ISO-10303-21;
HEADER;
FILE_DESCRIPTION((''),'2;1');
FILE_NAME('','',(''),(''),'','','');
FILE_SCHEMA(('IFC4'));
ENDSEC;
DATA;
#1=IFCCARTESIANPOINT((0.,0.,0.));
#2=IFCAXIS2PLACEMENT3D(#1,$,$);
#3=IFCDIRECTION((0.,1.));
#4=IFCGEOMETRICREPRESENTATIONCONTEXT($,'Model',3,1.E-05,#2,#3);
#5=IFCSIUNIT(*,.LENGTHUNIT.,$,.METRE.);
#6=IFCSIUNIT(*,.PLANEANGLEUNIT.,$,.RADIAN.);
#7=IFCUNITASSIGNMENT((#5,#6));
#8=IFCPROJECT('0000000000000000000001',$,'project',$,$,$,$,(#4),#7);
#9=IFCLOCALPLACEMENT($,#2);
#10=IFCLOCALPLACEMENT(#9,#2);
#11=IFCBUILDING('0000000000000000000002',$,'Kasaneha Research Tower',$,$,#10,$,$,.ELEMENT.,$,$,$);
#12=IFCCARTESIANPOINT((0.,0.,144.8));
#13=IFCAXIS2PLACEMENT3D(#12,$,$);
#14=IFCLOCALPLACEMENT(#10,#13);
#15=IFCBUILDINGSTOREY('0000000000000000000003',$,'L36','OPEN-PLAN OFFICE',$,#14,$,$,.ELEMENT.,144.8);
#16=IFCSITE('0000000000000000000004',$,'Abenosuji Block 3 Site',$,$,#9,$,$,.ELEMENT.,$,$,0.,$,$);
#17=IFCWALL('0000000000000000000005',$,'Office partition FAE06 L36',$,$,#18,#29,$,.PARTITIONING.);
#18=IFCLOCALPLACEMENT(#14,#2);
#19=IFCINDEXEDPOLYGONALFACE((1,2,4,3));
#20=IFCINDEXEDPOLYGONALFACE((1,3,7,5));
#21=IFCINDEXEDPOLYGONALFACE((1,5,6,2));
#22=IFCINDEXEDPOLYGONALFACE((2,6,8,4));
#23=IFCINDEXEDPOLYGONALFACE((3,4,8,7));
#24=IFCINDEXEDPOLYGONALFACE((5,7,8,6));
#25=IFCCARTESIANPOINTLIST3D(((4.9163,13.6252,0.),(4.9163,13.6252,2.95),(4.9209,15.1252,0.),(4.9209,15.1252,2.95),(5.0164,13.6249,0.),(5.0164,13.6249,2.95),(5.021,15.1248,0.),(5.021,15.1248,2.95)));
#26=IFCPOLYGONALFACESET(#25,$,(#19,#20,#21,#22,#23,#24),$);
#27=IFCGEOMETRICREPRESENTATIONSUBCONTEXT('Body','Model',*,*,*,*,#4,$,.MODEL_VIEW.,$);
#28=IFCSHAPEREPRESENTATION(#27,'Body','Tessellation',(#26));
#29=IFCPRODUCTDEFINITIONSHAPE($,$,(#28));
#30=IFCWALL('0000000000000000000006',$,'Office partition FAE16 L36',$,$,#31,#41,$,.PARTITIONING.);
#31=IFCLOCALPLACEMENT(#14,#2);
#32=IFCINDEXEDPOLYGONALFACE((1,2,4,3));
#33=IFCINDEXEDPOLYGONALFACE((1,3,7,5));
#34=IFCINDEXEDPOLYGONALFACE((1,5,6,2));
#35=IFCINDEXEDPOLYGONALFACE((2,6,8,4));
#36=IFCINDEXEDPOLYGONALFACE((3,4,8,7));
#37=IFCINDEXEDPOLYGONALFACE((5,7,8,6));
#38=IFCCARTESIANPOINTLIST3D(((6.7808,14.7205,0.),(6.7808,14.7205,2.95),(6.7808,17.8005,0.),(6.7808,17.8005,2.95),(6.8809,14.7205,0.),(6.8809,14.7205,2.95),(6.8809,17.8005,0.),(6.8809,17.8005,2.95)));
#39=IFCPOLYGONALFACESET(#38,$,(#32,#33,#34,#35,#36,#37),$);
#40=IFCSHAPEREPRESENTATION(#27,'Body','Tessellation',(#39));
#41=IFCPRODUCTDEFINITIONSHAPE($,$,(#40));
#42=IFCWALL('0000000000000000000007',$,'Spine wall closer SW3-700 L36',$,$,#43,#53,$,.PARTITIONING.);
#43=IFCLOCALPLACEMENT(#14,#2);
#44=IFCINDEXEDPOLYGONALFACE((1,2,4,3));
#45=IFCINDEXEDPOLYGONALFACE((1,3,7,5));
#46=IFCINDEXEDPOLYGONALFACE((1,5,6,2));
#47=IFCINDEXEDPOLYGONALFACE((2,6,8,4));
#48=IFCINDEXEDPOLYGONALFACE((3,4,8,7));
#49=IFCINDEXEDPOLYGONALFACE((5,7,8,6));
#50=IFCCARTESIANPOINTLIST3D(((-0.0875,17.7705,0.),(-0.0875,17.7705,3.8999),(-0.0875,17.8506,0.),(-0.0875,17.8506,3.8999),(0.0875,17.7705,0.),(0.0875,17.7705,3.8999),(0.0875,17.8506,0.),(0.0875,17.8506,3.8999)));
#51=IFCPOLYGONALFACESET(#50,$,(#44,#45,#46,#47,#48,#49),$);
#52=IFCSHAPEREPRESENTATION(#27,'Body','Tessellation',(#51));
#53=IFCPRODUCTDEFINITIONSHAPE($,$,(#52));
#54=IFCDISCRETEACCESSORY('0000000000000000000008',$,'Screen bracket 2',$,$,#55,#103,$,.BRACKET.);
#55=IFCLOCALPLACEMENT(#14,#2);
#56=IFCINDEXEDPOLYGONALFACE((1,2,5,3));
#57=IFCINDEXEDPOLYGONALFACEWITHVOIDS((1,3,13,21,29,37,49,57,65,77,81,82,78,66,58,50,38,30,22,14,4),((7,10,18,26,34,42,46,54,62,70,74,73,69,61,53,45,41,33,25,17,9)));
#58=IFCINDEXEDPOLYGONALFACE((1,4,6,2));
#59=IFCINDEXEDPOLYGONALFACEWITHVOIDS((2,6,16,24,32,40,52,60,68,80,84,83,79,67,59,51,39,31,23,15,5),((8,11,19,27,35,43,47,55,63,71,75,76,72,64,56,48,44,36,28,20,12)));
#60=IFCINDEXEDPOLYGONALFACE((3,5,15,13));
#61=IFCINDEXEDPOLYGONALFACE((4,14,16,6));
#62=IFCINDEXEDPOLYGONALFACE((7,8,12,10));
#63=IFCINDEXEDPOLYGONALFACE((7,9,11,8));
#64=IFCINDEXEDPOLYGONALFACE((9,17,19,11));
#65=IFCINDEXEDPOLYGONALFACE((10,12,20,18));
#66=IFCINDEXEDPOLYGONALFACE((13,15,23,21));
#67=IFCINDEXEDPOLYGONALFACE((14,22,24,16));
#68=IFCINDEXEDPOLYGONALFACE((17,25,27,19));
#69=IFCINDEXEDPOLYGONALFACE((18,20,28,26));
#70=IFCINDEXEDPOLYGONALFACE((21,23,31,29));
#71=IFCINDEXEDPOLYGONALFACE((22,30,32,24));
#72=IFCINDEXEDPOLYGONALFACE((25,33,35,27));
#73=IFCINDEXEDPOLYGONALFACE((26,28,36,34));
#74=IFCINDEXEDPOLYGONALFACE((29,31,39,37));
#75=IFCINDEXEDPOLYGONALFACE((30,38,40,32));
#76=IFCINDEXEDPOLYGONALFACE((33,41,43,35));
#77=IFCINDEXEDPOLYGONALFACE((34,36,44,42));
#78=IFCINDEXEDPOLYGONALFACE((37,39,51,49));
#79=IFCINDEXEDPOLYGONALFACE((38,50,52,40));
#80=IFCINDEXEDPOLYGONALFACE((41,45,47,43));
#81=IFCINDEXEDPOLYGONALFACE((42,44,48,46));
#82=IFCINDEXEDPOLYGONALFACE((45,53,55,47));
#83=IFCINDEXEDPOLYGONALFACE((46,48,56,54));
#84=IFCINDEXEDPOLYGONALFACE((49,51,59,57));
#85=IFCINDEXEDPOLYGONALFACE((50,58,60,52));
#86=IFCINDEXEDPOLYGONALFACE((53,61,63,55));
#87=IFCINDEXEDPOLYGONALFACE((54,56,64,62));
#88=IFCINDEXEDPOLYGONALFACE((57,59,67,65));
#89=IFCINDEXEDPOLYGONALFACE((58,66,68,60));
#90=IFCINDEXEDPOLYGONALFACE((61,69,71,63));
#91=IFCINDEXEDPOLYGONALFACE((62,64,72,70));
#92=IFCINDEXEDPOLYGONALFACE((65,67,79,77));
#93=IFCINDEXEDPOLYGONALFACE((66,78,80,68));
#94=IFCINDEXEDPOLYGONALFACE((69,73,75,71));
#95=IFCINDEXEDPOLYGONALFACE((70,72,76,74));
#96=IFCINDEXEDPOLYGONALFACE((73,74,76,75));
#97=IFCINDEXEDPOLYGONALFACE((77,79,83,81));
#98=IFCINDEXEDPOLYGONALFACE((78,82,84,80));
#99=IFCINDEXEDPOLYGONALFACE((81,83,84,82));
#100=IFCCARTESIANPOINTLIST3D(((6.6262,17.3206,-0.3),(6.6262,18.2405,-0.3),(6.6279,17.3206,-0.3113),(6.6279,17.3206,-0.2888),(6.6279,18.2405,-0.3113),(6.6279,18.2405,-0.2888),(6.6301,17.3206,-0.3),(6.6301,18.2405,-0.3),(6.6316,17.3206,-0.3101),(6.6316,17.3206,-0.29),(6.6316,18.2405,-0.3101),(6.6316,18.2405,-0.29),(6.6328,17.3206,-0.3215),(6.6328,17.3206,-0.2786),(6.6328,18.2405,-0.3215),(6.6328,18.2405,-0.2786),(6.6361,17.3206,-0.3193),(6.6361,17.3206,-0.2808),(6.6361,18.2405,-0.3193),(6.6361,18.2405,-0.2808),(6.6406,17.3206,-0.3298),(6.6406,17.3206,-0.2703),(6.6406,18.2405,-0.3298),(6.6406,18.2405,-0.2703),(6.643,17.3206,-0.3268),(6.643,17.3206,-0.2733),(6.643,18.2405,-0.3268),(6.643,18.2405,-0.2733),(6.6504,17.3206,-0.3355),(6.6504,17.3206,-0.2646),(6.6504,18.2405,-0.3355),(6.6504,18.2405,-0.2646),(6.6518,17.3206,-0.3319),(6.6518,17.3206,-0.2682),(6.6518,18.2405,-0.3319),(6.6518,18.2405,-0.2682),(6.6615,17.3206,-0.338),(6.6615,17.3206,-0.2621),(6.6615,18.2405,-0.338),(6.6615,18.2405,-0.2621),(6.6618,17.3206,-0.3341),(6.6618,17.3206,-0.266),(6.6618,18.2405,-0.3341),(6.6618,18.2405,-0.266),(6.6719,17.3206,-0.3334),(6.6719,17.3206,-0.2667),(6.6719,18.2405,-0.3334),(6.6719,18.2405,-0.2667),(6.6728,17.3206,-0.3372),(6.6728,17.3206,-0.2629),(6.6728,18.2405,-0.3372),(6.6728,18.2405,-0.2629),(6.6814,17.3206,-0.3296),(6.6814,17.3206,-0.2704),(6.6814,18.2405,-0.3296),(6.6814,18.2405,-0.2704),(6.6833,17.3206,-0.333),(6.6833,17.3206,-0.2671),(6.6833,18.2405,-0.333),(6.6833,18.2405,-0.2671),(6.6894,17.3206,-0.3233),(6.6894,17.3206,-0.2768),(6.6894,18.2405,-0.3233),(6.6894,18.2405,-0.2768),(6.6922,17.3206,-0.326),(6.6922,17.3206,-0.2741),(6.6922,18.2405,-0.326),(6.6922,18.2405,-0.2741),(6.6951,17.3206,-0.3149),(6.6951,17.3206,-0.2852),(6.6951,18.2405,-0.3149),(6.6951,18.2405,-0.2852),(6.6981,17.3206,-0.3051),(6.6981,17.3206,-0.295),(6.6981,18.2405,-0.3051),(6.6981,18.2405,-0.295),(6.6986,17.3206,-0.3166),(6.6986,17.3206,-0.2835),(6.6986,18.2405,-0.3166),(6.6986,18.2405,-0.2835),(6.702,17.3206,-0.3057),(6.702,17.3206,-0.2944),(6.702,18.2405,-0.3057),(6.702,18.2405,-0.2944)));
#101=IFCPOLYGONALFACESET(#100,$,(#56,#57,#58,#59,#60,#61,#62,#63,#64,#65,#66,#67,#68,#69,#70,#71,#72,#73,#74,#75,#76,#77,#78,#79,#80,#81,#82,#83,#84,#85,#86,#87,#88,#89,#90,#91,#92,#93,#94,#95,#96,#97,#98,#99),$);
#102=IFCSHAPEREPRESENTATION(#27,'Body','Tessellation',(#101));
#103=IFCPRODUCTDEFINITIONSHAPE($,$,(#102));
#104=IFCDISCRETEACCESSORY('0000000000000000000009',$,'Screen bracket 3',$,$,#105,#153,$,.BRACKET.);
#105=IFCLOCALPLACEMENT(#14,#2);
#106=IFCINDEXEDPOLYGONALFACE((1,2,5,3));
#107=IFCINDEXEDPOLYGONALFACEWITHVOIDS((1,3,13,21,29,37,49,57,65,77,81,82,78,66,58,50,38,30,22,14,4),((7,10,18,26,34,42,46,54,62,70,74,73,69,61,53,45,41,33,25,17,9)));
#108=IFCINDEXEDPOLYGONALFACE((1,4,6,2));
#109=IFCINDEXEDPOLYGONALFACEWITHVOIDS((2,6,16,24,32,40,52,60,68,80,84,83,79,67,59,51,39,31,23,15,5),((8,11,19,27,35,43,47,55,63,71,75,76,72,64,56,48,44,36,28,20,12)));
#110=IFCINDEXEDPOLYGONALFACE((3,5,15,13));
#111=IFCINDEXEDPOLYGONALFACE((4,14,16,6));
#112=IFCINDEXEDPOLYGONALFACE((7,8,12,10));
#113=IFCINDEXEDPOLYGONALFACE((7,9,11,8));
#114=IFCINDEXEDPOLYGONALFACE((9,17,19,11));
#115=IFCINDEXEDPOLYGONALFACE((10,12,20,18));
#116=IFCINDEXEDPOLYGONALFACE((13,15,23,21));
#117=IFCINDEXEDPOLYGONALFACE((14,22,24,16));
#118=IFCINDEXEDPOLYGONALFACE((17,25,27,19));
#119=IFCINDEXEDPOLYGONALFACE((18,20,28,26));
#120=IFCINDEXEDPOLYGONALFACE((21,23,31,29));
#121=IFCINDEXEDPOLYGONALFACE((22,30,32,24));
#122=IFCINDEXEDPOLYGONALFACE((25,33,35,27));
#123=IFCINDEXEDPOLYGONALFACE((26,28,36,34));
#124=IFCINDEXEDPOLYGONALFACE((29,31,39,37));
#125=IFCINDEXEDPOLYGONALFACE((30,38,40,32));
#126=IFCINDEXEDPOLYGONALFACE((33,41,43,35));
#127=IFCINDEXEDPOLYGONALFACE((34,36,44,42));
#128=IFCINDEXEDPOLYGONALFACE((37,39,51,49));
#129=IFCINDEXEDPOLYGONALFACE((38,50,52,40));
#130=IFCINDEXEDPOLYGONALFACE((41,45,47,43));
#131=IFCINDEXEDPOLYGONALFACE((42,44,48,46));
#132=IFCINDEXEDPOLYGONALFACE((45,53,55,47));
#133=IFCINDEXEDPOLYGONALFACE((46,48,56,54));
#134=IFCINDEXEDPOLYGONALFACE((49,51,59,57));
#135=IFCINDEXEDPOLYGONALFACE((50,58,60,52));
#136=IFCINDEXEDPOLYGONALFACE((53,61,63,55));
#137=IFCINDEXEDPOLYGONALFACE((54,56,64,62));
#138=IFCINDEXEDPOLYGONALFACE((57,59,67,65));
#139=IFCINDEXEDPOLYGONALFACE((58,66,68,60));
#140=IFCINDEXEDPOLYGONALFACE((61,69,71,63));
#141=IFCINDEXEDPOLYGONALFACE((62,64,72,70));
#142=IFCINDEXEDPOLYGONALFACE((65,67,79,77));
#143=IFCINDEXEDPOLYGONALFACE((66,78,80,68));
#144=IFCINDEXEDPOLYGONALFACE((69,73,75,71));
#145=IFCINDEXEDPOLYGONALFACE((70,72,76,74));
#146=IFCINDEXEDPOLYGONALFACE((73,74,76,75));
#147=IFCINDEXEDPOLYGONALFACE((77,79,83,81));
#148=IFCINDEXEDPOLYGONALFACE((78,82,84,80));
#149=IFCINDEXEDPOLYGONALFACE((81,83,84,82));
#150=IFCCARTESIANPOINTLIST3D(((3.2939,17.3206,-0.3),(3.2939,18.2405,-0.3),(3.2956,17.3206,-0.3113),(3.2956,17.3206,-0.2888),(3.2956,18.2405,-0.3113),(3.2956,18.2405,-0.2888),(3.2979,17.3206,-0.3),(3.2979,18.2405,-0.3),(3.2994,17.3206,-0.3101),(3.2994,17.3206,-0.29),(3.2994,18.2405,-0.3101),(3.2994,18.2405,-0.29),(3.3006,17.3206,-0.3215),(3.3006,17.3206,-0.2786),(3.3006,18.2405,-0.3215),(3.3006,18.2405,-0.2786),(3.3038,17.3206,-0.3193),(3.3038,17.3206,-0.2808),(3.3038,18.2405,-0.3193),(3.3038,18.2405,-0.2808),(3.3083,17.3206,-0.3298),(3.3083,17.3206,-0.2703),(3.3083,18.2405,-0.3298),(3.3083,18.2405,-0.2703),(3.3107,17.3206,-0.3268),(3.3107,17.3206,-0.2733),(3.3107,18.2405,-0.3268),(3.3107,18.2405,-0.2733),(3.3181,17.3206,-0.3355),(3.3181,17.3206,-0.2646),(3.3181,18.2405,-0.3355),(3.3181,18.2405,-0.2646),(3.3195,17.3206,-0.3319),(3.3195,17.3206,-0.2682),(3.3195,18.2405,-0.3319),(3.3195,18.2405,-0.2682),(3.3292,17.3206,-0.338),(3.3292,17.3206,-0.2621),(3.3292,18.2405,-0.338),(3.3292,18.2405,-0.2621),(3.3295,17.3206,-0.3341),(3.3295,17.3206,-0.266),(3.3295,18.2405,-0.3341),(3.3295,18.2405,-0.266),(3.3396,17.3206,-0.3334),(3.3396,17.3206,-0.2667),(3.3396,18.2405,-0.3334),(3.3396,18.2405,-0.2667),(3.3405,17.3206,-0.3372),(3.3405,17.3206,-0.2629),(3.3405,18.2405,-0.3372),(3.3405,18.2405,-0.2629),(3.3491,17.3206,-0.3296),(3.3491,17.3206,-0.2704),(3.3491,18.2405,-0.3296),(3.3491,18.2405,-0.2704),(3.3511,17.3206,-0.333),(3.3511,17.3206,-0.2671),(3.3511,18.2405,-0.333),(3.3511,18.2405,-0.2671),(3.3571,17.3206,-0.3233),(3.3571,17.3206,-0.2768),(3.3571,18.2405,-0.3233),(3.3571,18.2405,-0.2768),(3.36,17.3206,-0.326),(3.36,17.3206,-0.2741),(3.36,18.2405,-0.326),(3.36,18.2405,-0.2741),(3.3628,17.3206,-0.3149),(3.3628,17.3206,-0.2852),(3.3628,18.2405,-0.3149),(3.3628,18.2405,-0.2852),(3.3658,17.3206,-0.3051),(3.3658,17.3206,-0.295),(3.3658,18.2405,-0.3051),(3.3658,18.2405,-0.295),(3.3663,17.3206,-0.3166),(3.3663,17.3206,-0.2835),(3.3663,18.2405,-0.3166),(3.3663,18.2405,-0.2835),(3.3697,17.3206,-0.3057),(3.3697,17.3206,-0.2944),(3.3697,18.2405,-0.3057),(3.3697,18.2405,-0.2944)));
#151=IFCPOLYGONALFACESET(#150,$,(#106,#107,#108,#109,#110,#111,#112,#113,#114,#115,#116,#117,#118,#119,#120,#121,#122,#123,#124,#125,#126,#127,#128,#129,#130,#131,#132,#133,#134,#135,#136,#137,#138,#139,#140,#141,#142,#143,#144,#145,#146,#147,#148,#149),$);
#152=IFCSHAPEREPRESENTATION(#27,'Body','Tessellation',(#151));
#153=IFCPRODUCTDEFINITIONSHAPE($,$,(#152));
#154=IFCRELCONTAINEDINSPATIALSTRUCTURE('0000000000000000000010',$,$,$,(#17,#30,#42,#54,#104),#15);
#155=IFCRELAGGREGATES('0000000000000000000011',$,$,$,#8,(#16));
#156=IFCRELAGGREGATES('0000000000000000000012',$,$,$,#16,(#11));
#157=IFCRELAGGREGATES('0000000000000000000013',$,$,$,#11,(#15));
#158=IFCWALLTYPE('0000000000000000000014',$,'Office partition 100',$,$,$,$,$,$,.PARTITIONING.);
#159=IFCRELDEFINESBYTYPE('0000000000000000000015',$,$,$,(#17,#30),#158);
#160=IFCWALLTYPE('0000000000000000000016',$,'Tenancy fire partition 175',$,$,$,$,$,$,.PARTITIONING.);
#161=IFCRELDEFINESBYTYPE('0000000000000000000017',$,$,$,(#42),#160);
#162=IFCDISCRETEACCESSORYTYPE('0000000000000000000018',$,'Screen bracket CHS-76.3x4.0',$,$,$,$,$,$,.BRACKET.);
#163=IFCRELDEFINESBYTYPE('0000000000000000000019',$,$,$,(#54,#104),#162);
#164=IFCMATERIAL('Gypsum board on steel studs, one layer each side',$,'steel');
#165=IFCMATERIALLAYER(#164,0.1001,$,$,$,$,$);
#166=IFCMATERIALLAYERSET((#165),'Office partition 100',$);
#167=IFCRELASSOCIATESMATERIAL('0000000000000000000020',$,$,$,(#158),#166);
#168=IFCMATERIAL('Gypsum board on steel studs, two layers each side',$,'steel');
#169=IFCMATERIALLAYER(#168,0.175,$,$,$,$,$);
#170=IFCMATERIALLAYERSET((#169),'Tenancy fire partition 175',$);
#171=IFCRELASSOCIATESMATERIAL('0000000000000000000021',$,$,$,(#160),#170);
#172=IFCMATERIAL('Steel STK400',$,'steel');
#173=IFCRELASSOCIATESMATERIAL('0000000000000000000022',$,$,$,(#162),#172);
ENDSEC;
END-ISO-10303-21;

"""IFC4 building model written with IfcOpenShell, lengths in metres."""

from ifc_helpers import new_model, si_unit, direction, frame, frame_2d, origin, origin_2d, place, context, subcontext, project, spatial, rectangle, hollow_circle, extrude, material, layer, layer_set, material_profile, profile_set, type_object, element, save


model = new_model("IFC4")

# Units and contexts
model_context = context("Model", 3, precision=1e-05, world=origin(), true_north=direction((0.0, 1.0)))
body_context = subcontext(model_context, "Body", "Model", "MODEL_VIEW")
ifc_project = project(units=[si_unit("LENGTHUNIT", "METRE"), si_unit("PLANEANGLEUNIT", "RADIAN")], contexts=[model_context])

# Site, building, storey
site_placement = place(None, origin())
site = spatial("IfcSite", under=ifc_project, at=site_placement, Name="Abenosuji Block 3 Site", CompositionType="ELEMENT", RefElevation=0.0)
building_placement = place(site_placement, origin())
building = spatial("IfcBuilding", under=site, at=building_placement, Name="Kasaneha Research Tower", CompositionType="ELEMENT")
storey_placement = place(building_placement, frame((0.0, 0.0, 144.8)))
storey = spatial("IfcBuildingStorey", under=building, at=storey_placement, Name="L36", Description="OPEN-PLAN OFFICE", CompositionType="ELEMENT", Elevation=144.8)

# Shared definitions
ifc_material_1 = material(Name="Gypsum board on steel studs, one layer each side", Category="steel")
ifc_layer_1 = layer(ifc_material_1, 0.1001)
ifc_layer_set_1 = layer_set([ifc_layer_1], Name="Office partition 100")
wall_type_1 = type_object("IfcWallType", Name="Office partition 100", PredefinedType="PARTITIONING", material=ifc_layer_set_1)

# Walls
for number, where, z_axis, x_axis, name in (
    (1, (4.9709, 15.125, 0.0), (0.0, 0.0, 1.0), (-0.003092, -0.999995, 0.0), "Office partition FAE06 L36"),
):
    element("IfcWall", number, at=place(storey_placement, frame(where, z_axis=z_axis, x_axis=x_axis)), inside=storey, type_object=wall_type_1, Name=name, PredefinedType="PARTITIONING", context=body_context, shape_type="SweptSolid", body=[
        extrude(rectangle(XDim=1.5, YDim=0.1001, at=frame_2d((0.75, 0.0))), origin(), (0.0, 0.0, 1.0), 2.95),
    ])
wall_1_placement = place(storey_placement, frame((6.8308, 14.7205, 0.0), z_axis=(0.0, 0.0, 1.0), x_axis=(0.0, 1.0, 0.0)))
element("IfcWall", 2, at=wall_1_placement, inside=storey, type_object=wall_type_1, Name="Office partition FAE16 L36", PredefinedType="PARTITIONING", context=body_context, shape_type="SweptSolid", body=[
    extrude(rectangle(XDim=3.0801, YDim=0.1001, at=frame_2d((1.54, 0.0))), origin(), (0.0, 0.0, 1.0), 2.95),
])
ifc_material_2 = material(Name="Gypsum board on steel studs, two layers each side", Category="steel")
ifc_layer_2 = layer(ifc_material_2, 0.175)
ifc_layer_set_2 = layer_set([ifc_layer_2], Name="Tenancy fire partition 175")
wall_type_2 = type_object("IfcWallType", Name="Tenancy fire partition 175", PredefinedType="PARTITIONING", material=ifc_layer_set_2)
wall_2_placement = place(storey_placement, frame((0.0, 17.7705, 0.0), z_axis=(0.0, 0.0, 1.0), x_axis=(0.0, 1.0, 0.0)))
element("IfcWall", 3, at=wall_2_placement, inside=storey, type_object=wall_type_2, Name="Spine wall closer SW3-700 L36", PredefinedType="PARTITIONING", context=body_context, shape_type="SweptSolid", body=[
    extrude(rectangle(XDim=0.0801, YDim=0.175, at=frame_2d((0.04, 0.0))), origin(), (0.0, 0.0, 1.0), 3.8999),
])

# Discrete accessories
ifc_material_3 = material(Name="Steel STK400", Category="steel")
ifc_material_profile_1 = material_profile(ifc_material_3, hollow_circle(Radius=0.0381, WallThickness=0.0039, at=origin_2d()), Name="CHS-76.3x4.0")
ifc_profile_set_1 = profile_set([ifc_material_profile_1], Name="Steel STK400")
discrete_accessory_type = type_object("IfcDiscreteAccessoryType", Name="Screen bracket CHS-76.3x4.0", PredefinedType="BRACKET", material=ifc_profile_set_1)
for number, where, z_axis, x_axis, name in (
    (4, (6.6643, 17.3206, -0.3), (0.0, 1.0, 0.0), (-1.0, 0.0, 0.0), "Screen bracket 2"),
    (5, (3.332, 17.3206, -0.3), (0.0, 1.0, 0.0), (-1.0, 0.0, 0.0), "Screen bracket 3"),
):
    element("IfcDiscreteAccessory", number, at=place(storey_placement, frame(where, z_axis=z_axis, x_axis=x_axis)), inside=storey, type_object=discrete_accessory_type, Name=name, PredefinedType="BRACKET", context=body_context, shape_type="SweptSolid", body=[
        extrude(hollow_circle(Radius=0.0381, WallThickness=0.0039, at=origin_2d()), origin(), (0.0, 0.0, 1.0), 0.9199),
    ])

save(model, "model.ifc")
